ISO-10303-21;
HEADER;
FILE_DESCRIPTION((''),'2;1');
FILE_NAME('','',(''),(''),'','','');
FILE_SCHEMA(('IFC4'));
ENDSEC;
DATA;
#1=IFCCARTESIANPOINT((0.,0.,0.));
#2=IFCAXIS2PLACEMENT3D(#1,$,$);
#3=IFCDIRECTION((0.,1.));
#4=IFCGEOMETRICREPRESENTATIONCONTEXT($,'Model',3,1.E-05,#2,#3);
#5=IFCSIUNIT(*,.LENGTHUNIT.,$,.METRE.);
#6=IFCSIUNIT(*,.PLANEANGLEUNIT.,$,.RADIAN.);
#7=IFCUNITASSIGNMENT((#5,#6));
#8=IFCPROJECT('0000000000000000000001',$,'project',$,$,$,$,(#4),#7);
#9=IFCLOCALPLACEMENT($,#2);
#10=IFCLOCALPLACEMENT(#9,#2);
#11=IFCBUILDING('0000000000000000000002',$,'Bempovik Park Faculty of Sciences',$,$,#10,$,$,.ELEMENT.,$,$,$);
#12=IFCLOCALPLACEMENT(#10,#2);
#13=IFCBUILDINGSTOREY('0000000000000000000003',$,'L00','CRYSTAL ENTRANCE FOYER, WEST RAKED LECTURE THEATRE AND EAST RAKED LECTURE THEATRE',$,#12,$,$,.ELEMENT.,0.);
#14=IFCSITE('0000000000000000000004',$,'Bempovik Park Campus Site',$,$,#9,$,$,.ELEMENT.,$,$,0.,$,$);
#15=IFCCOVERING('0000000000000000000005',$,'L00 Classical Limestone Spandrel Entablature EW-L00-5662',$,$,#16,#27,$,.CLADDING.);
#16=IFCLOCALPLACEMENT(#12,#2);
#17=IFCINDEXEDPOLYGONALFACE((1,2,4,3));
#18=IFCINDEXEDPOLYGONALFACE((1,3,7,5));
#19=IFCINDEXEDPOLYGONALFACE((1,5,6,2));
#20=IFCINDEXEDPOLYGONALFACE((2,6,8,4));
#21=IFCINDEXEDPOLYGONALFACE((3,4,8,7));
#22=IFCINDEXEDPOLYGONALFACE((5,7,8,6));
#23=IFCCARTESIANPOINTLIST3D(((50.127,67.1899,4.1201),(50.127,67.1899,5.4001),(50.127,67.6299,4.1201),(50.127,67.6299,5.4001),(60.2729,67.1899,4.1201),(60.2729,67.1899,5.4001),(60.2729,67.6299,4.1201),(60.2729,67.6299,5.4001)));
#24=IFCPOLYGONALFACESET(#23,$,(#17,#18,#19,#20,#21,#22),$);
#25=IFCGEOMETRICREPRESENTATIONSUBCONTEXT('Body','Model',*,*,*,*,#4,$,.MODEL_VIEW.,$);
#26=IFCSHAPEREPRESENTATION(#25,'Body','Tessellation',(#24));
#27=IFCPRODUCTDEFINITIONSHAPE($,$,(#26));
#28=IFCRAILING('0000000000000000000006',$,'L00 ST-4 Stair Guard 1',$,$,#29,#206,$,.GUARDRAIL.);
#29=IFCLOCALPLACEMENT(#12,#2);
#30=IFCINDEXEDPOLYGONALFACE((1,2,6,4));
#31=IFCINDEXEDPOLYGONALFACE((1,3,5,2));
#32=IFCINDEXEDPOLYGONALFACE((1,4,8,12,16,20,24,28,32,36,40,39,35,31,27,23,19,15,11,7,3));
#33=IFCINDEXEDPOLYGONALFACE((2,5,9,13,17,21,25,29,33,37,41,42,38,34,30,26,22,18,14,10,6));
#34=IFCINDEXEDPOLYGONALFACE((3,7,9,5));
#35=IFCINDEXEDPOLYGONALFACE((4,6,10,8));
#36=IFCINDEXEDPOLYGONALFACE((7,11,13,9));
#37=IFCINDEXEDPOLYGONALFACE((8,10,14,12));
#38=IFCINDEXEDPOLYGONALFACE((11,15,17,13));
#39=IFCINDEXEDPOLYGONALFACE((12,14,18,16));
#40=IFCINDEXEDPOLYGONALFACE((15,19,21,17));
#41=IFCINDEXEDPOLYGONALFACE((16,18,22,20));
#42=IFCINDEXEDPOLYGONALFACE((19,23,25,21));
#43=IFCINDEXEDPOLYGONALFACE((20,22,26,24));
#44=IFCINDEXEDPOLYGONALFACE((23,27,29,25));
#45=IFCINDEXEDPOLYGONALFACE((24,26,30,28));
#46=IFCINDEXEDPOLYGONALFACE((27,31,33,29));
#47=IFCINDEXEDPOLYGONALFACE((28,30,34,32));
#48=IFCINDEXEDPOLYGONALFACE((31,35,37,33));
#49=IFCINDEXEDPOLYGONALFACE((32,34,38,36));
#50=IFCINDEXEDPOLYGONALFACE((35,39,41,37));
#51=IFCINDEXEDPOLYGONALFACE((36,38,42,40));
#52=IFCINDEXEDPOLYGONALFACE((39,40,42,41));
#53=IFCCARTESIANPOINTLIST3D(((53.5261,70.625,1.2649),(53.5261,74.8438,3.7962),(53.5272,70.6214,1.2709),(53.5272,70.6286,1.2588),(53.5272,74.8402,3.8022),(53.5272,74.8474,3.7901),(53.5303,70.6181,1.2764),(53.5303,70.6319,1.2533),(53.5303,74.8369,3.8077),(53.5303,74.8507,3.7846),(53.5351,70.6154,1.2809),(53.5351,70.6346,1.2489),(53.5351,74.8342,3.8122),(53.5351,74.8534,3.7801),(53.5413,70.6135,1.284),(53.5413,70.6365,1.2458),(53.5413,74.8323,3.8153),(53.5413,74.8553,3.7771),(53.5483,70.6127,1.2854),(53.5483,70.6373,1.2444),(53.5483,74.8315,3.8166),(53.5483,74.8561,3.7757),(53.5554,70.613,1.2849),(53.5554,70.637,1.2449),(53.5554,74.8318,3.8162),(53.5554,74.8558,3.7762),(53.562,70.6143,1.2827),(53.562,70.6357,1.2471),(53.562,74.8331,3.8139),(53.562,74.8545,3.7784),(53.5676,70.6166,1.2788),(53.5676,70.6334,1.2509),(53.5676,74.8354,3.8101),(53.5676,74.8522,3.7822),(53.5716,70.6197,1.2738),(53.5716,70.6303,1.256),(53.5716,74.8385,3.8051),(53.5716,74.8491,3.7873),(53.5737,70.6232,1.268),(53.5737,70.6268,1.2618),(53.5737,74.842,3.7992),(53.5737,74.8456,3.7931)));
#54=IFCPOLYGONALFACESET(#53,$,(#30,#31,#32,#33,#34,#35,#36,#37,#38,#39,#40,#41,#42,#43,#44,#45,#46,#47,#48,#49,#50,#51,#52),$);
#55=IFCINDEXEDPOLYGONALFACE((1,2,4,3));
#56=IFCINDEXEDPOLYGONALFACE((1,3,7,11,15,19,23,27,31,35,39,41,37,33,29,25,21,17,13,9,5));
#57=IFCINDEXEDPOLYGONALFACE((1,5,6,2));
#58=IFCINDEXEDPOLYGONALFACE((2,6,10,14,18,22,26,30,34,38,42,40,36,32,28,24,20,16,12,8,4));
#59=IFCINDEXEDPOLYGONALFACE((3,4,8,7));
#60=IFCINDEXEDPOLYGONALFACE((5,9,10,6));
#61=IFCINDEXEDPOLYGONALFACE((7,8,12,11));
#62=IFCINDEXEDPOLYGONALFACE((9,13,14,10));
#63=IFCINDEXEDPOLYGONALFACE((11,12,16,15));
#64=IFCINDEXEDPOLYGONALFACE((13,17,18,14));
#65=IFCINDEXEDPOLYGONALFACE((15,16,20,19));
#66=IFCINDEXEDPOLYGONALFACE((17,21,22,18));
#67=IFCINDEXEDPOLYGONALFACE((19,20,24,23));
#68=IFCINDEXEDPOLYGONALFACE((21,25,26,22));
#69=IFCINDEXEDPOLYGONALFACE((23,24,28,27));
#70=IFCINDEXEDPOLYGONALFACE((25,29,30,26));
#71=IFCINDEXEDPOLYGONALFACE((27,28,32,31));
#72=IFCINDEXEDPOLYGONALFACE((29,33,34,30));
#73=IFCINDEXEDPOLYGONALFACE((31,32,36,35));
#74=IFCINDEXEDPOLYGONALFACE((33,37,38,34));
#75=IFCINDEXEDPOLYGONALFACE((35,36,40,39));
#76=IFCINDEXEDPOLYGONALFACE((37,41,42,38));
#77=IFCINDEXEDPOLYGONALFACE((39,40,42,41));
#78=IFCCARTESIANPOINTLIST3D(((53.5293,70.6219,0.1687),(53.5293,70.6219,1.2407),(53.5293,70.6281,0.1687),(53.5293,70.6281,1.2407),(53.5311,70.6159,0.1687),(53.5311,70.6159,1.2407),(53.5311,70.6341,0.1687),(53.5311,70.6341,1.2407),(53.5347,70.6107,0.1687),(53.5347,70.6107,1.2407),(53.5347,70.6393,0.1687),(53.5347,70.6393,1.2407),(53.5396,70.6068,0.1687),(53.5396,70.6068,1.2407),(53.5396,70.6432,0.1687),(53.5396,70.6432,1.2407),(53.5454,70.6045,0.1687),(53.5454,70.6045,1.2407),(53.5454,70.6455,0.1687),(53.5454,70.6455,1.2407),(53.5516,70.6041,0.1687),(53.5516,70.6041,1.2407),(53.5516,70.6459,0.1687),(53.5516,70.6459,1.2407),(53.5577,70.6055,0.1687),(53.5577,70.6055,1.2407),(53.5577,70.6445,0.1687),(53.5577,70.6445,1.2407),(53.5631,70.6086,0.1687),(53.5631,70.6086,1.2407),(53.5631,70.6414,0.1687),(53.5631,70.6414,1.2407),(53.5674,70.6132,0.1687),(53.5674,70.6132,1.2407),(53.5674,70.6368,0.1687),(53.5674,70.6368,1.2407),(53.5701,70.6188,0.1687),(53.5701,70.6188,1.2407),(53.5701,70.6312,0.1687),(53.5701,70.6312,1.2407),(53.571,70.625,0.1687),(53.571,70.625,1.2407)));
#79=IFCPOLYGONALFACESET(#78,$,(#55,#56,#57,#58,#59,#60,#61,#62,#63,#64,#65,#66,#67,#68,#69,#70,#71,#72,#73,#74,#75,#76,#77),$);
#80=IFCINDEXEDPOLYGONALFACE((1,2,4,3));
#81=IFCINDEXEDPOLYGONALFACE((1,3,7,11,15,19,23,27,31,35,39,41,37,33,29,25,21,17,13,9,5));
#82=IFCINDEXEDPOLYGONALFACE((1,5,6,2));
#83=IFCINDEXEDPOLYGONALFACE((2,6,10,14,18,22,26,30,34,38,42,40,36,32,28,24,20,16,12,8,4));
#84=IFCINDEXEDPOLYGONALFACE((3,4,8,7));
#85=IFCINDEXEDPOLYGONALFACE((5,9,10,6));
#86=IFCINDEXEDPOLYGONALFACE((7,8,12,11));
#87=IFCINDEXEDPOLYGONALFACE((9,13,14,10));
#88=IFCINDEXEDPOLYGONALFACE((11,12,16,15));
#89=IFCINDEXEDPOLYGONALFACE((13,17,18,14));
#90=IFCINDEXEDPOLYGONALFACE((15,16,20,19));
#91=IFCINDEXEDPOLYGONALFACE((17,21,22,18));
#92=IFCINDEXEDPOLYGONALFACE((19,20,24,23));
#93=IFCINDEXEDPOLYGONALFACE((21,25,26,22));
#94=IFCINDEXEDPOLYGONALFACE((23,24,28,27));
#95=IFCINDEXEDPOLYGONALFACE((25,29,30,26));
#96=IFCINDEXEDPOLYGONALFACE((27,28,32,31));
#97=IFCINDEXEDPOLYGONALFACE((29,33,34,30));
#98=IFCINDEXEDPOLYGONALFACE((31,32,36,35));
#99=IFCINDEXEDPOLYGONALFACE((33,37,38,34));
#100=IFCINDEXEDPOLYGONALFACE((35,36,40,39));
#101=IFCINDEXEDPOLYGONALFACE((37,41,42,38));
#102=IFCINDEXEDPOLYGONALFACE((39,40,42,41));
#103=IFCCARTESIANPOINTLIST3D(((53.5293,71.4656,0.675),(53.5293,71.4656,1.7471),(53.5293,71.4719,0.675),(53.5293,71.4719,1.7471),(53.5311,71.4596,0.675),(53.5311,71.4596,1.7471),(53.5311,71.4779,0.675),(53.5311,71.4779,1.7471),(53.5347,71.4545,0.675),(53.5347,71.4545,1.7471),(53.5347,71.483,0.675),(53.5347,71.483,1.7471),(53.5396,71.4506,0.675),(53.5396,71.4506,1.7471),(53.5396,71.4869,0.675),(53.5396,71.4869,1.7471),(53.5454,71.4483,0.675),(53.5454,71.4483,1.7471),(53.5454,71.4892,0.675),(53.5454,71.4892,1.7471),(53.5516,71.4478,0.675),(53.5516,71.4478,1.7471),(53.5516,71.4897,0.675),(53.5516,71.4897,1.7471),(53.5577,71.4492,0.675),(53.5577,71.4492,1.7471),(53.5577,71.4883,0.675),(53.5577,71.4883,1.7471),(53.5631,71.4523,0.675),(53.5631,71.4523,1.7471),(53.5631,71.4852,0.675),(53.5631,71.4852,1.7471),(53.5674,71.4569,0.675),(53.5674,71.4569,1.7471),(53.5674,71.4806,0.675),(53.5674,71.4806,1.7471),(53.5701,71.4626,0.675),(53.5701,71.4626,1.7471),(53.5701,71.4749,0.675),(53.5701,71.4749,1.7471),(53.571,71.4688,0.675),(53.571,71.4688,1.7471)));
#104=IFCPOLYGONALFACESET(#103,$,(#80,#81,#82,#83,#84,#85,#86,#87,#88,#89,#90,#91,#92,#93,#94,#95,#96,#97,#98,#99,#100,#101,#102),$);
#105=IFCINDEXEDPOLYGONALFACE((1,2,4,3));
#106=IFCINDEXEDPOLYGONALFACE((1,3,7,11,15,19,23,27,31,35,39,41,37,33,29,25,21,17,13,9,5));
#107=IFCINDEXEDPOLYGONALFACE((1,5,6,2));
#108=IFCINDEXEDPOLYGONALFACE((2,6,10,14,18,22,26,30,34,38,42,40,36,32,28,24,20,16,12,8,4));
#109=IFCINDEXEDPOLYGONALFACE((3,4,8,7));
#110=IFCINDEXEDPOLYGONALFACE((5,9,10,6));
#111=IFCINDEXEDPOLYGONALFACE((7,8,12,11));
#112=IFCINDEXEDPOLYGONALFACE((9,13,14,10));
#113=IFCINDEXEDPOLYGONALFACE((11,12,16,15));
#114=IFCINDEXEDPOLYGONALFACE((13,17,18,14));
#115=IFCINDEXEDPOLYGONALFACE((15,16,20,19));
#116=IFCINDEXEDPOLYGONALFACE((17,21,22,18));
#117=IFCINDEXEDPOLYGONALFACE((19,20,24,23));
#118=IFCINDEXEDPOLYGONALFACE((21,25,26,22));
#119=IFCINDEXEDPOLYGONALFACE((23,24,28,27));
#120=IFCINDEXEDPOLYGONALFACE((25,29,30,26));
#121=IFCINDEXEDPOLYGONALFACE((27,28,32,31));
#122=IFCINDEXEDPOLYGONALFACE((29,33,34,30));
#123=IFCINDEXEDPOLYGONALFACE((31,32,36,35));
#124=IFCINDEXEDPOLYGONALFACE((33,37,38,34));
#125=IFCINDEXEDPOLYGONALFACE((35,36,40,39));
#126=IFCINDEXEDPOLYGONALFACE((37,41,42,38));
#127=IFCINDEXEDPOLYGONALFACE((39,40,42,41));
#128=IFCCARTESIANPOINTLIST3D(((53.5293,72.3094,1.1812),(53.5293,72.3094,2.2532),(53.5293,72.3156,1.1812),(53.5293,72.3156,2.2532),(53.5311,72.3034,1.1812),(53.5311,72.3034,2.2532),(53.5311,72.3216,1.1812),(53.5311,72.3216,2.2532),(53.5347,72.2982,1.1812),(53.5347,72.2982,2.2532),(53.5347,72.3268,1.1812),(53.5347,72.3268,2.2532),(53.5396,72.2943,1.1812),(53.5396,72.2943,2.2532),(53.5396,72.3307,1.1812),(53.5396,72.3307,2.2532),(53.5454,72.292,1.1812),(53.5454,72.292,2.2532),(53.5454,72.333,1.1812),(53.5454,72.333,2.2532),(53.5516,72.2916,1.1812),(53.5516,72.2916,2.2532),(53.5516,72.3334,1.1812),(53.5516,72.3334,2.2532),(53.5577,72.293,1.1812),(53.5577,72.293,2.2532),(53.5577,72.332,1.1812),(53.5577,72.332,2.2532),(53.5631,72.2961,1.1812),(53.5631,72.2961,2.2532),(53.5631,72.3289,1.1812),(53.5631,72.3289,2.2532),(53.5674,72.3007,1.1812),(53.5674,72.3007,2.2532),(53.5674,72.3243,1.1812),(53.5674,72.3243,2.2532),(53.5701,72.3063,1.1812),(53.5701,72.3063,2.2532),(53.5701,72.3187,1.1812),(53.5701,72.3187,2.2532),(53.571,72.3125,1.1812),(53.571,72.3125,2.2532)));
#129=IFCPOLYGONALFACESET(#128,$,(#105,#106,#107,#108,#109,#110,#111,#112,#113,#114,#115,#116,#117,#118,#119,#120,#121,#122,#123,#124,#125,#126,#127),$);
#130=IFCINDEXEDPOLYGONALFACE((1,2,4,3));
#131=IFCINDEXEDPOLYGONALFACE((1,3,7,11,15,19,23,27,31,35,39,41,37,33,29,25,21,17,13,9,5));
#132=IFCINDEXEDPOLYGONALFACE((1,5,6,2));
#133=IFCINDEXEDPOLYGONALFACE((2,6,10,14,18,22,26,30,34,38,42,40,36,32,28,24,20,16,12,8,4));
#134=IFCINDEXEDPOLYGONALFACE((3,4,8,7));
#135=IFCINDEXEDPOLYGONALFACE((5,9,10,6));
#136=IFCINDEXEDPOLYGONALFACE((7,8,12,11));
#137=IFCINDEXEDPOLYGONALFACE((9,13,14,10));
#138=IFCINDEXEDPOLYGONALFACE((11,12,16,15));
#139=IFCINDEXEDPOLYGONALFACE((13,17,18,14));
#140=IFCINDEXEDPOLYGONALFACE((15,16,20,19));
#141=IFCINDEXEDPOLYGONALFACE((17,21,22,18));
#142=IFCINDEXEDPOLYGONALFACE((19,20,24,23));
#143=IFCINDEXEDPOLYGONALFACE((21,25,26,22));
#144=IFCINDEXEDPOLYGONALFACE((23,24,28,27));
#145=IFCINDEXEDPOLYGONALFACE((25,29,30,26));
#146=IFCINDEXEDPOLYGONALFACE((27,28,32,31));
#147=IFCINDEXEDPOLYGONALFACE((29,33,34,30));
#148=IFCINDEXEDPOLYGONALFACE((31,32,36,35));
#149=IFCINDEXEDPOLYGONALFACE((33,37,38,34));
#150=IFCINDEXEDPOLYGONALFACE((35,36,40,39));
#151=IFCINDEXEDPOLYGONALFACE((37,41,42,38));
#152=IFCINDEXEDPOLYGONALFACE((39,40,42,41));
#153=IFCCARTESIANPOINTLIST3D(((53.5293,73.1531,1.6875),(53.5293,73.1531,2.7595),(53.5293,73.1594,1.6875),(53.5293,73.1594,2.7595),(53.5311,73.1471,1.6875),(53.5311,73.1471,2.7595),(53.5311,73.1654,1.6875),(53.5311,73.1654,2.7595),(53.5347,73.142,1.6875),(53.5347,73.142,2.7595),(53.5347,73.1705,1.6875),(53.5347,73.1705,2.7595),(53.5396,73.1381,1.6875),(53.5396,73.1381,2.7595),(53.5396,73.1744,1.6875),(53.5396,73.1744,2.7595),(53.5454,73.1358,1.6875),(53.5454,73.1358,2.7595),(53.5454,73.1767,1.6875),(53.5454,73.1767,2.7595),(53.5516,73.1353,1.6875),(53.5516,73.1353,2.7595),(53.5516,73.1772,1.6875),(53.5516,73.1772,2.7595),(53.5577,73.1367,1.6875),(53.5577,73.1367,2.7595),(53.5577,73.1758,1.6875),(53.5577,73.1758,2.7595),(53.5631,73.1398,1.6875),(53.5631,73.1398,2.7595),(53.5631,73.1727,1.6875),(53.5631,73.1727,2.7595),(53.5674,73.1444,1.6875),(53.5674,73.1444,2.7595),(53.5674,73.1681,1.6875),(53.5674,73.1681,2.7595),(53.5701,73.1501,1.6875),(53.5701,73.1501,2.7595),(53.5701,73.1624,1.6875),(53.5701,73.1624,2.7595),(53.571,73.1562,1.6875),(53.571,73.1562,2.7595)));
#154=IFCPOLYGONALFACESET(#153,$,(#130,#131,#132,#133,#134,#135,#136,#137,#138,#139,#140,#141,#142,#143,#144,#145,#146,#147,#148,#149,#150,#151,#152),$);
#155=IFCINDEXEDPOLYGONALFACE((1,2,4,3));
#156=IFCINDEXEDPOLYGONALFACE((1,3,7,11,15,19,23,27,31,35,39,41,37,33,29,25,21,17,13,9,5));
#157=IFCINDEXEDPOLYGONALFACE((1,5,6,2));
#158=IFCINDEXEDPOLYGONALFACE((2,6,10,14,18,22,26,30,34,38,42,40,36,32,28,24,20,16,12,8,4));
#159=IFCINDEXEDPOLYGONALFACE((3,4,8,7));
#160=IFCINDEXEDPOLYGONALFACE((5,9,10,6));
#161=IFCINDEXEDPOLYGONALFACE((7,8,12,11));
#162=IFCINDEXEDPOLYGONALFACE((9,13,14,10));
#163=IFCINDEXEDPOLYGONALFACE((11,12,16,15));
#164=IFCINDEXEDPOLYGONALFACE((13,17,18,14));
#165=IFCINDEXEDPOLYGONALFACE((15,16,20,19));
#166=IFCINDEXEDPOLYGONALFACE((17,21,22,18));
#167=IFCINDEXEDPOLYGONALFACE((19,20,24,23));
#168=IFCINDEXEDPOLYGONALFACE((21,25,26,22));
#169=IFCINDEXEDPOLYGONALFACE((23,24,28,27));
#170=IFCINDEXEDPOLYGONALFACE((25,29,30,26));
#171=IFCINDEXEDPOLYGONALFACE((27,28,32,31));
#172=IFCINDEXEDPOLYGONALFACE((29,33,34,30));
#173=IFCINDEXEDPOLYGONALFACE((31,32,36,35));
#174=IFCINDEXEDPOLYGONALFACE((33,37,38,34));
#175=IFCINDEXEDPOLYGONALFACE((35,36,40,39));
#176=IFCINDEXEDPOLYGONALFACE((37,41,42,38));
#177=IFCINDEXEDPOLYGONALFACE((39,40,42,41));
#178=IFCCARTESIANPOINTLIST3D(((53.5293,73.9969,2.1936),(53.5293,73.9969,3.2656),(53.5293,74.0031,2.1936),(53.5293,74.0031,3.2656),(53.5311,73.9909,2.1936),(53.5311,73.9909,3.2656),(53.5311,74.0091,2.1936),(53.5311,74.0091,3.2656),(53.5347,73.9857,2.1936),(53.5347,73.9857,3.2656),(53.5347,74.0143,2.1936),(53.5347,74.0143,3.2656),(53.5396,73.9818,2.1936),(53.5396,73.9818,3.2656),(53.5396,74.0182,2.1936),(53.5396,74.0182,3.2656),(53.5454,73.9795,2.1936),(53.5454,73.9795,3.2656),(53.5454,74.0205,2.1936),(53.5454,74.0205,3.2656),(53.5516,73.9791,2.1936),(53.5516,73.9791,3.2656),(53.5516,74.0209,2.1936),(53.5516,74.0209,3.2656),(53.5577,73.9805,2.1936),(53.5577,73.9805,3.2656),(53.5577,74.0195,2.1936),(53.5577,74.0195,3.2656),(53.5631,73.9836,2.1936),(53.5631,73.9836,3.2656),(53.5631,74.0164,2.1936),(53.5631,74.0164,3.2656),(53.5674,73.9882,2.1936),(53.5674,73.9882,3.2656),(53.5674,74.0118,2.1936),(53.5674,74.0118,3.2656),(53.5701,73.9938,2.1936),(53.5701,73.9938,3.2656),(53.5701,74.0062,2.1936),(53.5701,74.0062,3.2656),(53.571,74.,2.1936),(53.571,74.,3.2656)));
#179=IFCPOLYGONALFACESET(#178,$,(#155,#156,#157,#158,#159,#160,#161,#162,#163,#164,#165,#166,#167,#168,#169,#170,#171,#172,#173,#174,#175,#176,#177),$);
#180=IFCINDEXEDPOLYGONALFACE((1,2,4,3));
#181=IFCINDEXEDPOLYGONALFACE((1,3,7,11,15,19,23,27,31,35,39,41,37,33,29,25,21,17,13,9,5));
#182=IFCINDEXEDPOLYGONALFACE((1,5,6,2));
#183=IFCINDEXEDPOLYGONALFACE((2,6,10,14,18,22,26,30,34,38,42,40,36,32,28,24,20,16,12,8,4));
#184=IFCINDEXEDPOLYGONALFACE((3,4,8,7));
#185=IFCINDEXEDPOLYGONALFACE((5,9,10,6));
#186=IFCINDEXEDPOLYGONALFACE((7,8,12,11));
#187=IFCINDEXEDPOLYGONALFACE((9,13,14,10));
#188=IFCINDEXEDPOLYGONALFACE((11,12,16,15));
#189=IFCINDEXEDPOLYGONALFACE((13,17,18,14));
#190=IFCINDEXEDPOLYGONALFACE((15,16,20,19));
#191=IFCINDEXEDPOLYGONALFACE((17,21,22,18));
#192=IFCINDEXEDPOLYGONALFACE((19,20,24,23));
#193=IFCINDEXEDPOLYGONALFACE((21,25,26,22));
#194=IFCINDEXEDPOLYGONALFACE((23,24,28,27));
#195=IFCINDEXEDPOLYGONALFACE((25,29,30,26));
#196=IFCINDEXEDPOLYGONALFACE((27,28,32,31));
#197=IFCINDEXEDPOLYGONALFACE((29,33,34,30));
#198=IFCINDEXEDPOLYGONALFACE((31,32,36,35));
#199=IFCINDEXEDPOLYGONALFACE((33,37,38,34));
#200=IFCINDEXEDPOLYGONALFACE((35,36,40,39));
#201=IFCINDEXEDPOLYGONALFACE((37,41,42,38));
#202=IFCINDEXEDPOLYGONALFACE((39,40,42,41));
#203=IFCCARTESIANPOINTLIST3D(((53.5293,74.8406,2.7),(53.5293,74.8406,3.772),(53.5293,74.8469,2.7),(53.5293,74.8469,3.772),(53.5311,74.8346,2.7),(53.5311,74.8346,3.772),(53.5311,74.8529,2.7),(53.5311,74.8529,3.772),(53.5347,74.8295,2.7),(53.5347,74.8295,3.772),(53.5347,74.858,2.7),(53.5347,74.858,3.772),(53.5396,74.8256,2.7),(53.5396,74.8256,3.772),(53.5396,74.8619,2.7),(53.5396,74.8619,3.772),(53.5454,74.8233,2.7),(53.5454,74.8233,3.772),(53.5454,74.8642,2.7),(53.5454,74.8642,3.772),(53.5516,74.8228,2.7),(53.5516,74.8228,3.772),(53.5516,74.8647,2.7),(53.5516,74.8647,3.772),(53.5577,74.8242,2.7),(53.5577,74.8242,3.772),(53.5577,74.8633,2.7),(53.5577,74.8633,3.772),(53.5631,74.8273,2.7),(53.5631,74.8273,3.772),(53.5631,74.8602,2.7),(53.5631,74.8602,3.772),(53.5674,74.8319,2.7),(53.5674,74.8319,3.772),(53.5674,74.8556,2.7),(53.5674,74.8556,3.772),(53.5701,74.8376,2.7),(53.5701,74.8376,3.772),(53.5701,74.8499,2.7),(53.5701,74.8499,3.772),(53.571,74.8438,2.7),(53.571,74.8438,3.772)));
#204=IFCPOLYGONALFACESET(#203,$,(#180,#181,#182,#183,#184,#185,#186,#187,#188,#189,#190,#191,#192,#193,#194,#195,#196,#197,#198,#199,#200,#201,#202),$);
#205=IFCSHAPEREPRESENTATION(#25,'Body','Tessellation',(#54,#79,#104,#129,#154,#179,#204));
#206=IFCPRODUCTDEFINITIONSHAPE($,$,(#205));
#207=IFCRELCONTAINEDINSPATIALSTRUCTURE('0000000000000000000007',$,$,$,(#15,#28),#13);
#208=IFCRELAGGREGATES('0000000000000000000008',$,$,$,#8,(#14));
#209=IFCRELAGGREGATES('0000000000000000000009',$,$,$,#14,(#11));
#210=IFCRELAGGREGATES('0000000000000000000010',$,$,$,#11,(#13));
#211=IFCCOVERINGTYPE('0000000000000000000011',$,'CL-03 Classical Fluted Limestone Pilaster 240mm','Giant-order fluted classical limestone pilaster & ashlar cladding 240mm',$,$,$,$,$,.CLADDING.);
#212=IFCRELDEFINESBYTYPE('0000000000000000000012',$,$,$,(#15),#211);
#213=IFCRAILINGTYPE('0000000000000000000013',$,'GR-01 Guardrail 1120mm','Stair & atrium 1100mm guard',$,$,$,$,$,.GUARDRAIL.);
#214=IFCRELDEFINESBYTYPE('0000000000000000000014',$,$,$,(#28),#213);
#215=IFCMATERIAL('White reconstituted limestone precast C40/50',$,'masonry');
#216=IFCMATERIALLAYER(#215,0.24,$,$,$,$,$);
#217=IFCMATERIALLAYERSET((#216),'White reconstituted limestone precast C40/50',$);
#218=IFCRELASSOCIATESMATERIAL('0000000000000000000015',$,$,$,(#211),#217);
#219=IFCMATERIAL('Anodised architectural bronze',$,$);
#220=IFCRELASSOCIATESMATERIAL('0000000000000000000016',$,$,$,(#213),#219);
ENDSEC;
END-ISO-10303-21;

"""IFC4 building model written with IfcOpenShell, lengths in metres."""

from ifc_helpers import new_model, si_unit, direction, frame, origin, origin_2d, place, context, subcontext, project, spatial, rectangle, circle, extrude, material, layer, layer_set, type_object, element, save


model = new_model("IFC4")

# Units and contexts
model_context = context("Model", 3, precision=1e-05, world=origin(), true_north=direction((0.0, 1.0)))
body_context = subcontext(model_context, "Body", "Model", "MODEL_VIEW")
ifc_project = project(units=[si_unit("LENGTHUNIT", "METRE"), si_unit("PLANEANGLEUNIT", "RADIAN")], contexts=[model_context])

# Site, building, storey
site_placement = place(None, origin())
site = spatial("IfcSite", under=ifc_project, at=site_placement, Name="Bempovik Park Campus Site", CompositionType="ELEMENT", RefElevation=0.0)
building_placement = place(site_placement, origin())
building = spatial("IfcBuilding", under=site, at=building_placement, Name="Bempovik Park Faculty of Sciences", CompositionType="ELEMENT")
storey_placement = place(building_placement, origin())
storey = spatial("IfcBuildingStorey", under=building, at=storey_placement, Name="L00", Description="CRYSTAL ENTRANCE FOYER, WEST RAKED LECTURE THEATRE AND EAST RAKED LECTURE THEATRE", CompositionType="ELEMENT", Elevation=0.0)

# Covering
ifc_material_1 = material(Name="White reconstituted limestone precast C40/50", Category="masonry")
ifc_layer_1 = layer(ifc_material_1, 0.24)
ifc_layer_set_1 = layer_set([ifc_layer_1], Name="White reconstituted limestone precast C40/50")
covering_type_1 = type_object("IfcCoveringType", Name="CL-03 Classical Fluted Limestone Pilaster 240mm", Description="Giant-order fluted classical limestone pilaster & ashlar cladding 240mm", PredefinedType="CLADDING", material=ifc_layer_set_1)
covering_1_placement = place(storey_placement, frame((55.2, 67.4099, 4.1201), z_axis=(0.0, 0.0, 1.0), x_axis=(1.0, 0.0, 0.0)))
element("IfcCovering", 1, at=covering_1_placement, inside=storey, type_object=covering_type_1, Name="L00 Classical Limestone Spandrel Entablature EW-L00-5662", PredefinedType="CLADDING", context=body_context, shape_type="SweptSolid", body=[
    extrude(rectangle(XDim=10.146, YDim=0.4399, at=origin_2d()), origin(), (0.0, 0.0, 1.0), 1.28),
])

# Railing
ifc_material_2 = material(Name="Anodised architectural bronze")
railing_type = type_object("IfcRailingType", Name="GR-01 Guardrail 1120mm", Description="Stair & atrium 1100mm guard", PredefinedType="GUARDRAIL", material=ifc_material_2)
railing_1_placement = place(storey_placement, frame((53.55, 70.625, 0.1687)))
element("IfcRailing", 2, at=railing_1_placement, inside=storey, type_object=railing_type, Name="L00 ST-4 Stair Guard 1", PredefinedType="GUARDRAIL", context=body_context, shape_type="SweptSolid", body=[
    extrude(circle(Radius=0.0239, at=origin_2d()), frame((0.0, 0.0, 1.0962), z_axis=(0.0, 0.857493, 0.514496), x_axis=(-1.0, 0.0, 0.0)), (0.0, 0.0, 1.0), 4.9199),
    extrude(circle(Radius=0.021, at=origin_2d()), origin(), (0.0, 0.0, 1.0), 1.072),
    extrude(circle(Radius=0.021, at=origin_2d()), frame((0.0, 0.8438, 0.5063)), (0.0, 0.0, 1.0), 1.072),
    extrude(circle(Radius=0.021, at=origin_2d()), frame((0.0, 1.6875, 1.0125)), (0.0, 0.0, 1.0), 1.072),
    extrude(circle(Radius=0.021, at=origin_2d()), frame((0.0, 2.5312, 1.5188)), (0.0, 0.0, 1.0), 1.072),
    extrude(circle(Radius=0.021, at=origin_2d()), frame((0.0, 3.375, 2.0249)), (0.0, 0.0, 1.0), 1.072),
    extrude(circle(Radius=0.021, at=origin_2d()), frame((0.0, 4.2188, 2.5312)), (0.0, 0.0, 1.0), 1.072),
])

save(model, "model.ifc")
